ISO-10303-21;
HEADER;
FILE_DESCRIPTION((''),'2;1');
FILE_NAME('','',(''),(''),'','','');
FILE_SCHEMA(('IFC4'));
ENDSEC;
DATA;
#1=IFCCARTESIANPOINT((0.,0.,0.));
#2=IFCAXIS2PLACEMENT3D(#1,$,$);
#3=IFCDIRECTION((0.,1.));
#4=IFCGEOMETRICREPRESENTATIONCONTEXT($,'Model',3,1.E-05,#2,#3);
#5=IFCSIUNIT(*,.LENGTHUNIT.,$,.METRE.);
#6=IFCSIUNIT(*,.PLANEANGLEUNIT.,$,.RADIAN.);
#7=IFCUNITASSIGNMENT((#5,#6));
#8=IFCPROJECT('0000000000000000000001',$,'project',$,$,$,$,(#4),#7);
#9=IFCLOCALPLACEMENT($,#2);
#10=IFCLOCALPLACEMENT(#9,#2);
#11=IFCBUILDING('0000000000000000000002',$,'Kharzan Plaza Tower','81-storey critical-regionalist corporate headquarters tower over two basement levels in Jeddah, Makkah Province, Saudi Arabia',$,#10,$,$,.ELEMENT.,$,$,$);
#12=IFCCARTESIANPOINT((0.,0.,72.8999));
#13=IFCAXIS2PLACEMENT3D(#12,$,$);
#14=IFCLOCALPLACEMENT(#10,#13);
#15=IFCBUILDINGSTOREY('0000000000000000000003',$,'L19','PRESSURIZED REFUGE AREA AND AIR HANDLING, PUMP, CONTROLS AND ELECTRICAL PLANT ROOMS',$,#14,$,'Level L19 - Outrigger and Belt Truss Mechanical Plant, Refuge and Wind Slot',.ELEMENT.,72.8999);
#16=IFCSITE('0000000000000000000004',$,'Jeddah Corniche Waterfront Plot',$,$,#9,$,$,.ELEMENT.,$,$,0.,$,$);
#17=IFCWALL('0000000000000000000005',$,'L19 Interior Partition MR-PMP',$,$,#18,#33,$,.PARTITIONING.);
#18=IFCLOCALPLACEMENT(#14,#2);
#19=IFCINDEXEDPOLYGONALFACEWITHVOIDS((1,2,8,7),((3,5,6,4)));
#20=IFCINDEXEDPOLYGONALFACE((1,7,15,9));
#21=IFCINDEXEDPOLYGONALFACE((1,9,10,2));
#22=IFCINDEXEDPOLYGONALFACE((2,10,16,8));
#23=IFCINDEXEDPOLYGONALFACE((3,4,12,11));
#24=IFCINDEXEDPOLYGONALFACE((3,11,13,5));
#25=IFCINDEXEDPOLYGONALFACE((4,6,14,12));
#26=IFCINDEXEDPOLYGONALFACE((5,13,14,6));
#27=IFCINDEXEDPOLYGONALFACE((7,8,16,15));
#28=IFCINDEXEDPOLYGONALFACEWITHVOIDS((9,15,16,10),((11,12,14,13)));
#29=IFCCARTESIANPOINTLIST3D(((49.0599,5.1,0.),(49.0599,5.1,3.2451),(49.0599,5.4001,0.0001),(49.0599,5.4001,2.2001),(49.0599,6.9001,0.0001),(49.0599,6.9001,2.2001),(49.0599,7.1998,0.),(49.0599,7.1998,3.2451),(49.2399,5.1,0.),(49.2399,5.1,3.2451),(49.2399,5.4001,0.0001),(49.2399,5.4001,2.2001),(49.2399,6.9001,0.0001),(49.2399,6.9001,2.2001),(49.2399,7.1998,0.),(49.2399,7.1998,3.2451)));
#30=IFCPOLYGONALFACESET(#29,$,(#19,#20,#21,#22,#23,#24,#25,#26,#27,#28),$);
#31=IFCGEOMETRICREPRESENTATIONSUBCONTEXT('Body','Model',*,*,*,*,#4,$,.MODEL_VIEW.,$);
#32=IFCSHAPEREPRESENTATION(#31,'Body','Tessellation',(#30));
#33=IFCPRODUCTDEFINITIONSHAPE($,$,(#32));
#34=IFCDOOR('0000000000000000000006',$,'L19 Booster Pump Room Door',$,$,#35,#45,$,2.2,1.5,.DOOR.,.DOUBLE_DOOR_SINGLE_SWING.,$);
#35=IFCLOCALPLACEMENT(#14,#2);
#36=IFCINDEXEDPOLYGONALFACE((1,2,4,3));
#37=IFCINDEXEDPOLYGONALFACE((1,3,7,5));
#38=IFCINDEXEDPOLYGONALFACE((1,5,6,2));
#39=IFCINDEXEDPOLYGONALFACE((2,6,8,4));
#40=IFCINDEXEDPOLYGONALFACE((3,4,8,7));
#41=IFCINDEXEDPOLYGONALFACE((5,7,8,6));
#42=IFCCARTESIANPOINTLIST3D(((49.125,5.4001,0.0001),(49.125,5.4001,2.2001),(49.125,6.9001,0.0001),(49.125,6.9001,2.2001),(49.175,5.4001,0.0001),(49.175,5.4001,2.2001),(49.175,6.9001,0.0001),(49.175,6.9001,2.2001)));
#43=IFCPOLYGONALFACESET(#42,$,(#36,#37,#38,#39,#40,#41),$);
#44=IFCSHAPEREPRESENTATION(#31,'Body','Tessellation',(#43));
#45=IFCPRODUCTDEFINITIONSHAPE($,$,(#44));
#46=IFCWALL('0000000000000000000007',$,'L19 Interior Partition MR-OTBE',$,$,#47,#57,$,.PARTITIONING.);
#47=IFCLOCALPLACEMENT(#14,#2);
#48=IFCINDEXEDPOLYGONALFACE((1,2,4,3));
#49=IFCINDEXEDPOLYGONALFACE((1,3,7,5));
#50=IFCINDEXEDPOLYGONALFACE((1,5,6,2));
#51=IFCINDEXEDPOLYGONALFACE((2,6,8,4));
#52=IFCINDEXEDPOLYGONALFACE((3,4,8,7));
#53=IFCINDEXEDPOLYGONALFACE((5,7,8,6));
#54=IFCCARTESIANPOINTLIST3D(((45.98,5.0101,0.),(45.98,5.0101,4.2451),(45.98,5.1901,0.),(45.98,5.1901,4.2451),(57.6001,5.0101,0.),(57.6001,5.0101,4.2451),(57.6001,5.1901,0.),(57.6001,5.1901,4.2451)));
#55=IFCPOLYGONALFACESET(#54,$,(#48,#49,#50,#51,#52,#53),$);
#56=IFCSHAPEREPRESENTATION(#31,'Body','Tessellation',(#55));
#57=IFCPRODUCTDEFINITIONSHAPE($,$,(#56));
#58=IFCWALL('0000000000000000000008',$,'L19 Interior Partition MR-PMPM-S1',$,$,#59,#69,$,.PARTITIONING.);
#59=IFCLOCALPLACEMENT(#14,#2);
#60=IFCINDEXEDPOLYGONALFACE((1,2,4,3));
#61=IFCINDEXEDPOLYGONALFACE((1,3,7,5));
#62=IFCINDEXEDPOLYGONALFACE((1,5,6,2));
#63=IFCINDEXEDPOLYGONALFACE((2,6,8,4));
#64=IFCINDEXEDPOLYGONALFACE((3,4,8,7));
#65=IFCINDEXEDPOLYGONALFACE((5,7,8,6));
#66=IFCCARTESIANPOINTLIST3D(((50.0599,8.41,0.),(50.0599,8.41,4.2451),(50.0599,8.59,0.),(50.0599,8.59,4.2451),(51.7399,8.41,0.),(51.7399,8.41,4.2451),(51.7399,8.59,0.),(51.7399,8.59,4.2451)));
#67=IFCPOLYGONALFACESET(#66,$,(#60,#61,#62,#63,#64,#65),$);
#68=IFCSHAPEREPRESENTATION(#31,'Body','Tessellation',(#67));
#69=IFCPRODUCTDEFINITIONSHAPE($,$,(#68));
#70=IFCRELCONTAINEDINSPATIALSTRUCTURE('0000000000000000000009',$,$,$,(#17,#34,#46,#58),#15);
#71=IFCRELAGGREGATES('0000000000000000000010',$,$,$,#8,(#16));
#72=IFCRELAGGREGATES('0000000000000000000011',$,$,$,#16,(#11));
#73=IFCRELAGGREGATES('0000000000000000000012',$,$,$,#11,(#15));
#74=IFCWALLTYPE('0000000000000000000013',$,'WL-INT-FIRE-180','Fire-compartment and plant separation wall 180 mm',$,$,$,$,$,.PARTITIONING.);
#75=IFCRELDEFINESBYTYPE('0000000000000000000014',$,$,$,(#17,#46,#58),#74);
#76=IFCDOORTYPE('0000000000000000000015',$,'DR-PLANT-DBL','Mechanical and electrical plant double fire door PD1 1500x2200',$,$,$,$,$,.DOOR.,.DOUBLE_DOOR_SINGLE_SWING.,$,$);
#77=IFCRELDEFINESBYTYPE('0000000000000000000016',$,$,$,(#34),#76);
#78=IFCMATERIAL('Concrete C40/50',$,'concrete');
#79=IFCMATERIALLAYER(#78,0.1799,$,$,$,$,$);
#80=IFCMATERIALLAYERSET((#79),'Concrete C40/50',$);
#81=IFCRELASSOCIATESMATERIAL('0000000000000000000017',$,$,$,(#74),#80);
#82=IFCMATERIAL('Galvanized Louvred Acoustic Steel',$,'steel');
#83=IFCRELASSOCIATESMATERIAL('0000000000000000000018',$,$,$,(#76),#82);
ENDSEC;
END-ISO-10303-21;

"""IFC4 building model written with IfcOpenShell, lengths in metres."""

from ifc_helpers import new_model, si_unit, direction, frame, frame_2d, origin, place, context, subcontext, project, spatial, rectangle, extrude, source, transform, mapped, material, layer, layer_set, type_object, element, fill, save


model = new_model("IFC4")

# Units and contexts
model_context = context("Model", 3, precision=1e-05, world=origin(), true_north=direction((0.0, 1.0)))
body_context = subcontext(model_context, "Body", "Model", "MODEL_VIEW")
ifc_project = project(units=[si_unit("LENGTHUNIT", "METRE"), si_unit("PLANEANGLEUNIT", "RADIAN")], contexts=[model_context])

# Site, building, storey
site_placement = place(None, origin())
site = spatial("IfcSite", under=ifc_project, at=site_placement, Name="Jeddah Corniche Waterfront Plot", CompositionType="ELEMENT", RefElevation=0.0)
building_placement = place(site_placement, origin())
building = spatial("IfcBuilding", under=site, at=building_placement, Name="Kharzan Plaza Tower", Description="81-storey critical-regionalist corporate headquarters tower over two basement levels in Jeddah, Makkah Province, Saudi Arabia", CompositionType="ELEMENT")
storey_placement = place(building_placement, frame((0.0, 0.0, 72.8999)))
storey = spatial("IfcBuildingStorey", under=building, at=storey_placement, Name="L19", Description="PRESSURIZED REFUGE AREA AND AIR HANDLING, PUMP, CONTROLS AND ELECTRICAL PLANT ROOMS", LongName="Level L19 - Outrigger and Belt Truss Mechanical Plant, Refuge and Wind Slot", CompositionType="ELEMENT", Elevation=72.8999)

# Wall, opening, door
ifc_material_1 = material(Name="Concrete C40/50", Category="concrete")
ifc_layer_1 = layer(ifc_material_1, 0.1799)
ifc_layer_set_1 = layer_set([ifc_layer_1], Name="Concrete C40/50")
wall_type = type_object("IfcWallType", Name="WL-INT-FIRE-180", Description="Fire-compartment and plant separation wall 180 mm", PredefinedType="PARTITIONING", material=ifc_layer_set_1)
ifc_material_2 = material(Name="Galvanized Louvred Acoustic Steel", Category="steel")
door_type = type_object("IfcDoorType", Name="DR-PLANT-DBL", Description="Mechanical and electrical plant double fire door PD1 1500x2200", OperationType="DOUBLE_DOOR_SINGLE_SWING", PredefinedType="DOOR", material=ifc_material_2)
shared_shape_1 = source(origin(), body_context, "Body", "SweptSolid", [
    extrude(rectangle(XDim=1.5, YDim=2.2, at=frame_2d((0.75, 1.1001))), frame((0.0, 0.0249, 0.0), z_axis=(0.0, -1.0, 0.0), x_axis=(1.0, 0.0, 0.0)), (0.0, 0.0, 1.0), 0.05),
])
wall_1_placement = place(storey_placement, frame((49.1499, 5.1001, 0.0), z_axis=(0.0, 0.0, 1.0), x_axis=(0.0, 1.0, 0.0)))
wall_1 = element("IfcWall", 1, at=wall_1_placement, inside=storey, type_object=wall_type, Name="L19 Interior Partition MR-PMP", PredefinedType="PARTITIONING", context=body_context, shape_type="SweptSolid", body=[
    extrude(rectangle(XDim=2.0999, YDim=0.1799, at=frame_2d((1.0498, 0.0))), origin(), (0.0, 0.0, 1.0), 3.2451),
])
opening_1_placement = place(wall_1_placement, frame((0.3, 0.0, 0.0)))
opening_1 = element("IfcOpeningElement", 2, at=opening_1_placement, cuts=wall_1, PredefinedType="OPENING", context=body_context, shape_type="SweptSolid", body=[
    extrude(rectangle(XDim=1.5, YDim=2.2, at=frame_2d((0.75, 1.1001))), frame((0.0, 0.0999, 0.0), z_axis=(0.0, -1.0, 0.0), x_axis=(1.0, 0.0, 0.0)), (0.0, 0.0, 1.0), 0.2),
])
door_1_placement = place(opening_1_placement, origin())
door_1 = element("IfcDoor", 3, at=door_1_placement, inside=storey, type_object=door_type, Name="L19 Booster Pump Room Door", OperationType="DOUBLE_DOOR_SINGLE_SWING", OverallHeight=2.2, OverallWidth=1.5, PredefinedType="DOOR", context=body_context, shape_type="MappedRepresentation", body=[
    mapped(shared_shape_1, transform((0.0, 0.0, 0.0), x_axis=(1.0, 0.0, 0.0), y_axis=(0.0, 1.0, 0.0), z_axis=(0.0, 0.0, 1.0))),
])
fill(opening_1, door_1)

# Walls
shared_shape_2 = source(origin(), body_context, "Body", "SweptSolid", [
    extrude(rectangle(XDim=11.6201, YDim=0.1799, at=frame_2d((5.8101, 0.0))), origin(), (0.0, 0.0, 1.0), 4.2451),
])
wall_2_placement = place(storey_placement, frame((45.98, 5.1001, 0.0), z_axis=(0.0, 0.0, 1.0), x_axis=(1.0, 0.0, 0.0)))
element("IfcWall", 4, at=wall_2_placement, inside=storey, type_object=wall_type, Name="L19 Interior Partition MR-OTBE", PredefinedType="PARTITIONING", context=body_context, shape_type="MappedRepresentation", body=[
    mapped(shared_shape_2, transform((0.0, 0.0, 0.0), x_axis=(1.0, 0.0, 0.0), y_axis=(0.0, 1.0, 0.0), z_axis=(0.0, 0.0, 1.0))),
])
shared_shape_3 = source(origin(), body_context, "Body", "SweptSolid", [
    extrude(rectangle(XDim=1.6799, YDim=0.1799, at=frame_2d((0.8398, 0.0))), origin(), (0.0, 0.0, 1.0), 4.2451),
])
wall_3_placement = place(storey_placement, frame((50.0601, 8.5, 0.0), z_axis=(0.0, 0.0, 1.0), x_axis=(1.0, 0.0, 0.0)))
element("IfcWall", 5, at=wall_3_placement, inside=storey, type_object=wall_type, Name="L19 Interior Partition MR-PMPM-S1", PredefinedType="PARTITIONING", context=body_context, shape_type="MappedRepresentation", body=[
    mapped(shared_shape_3, transform((0.0, 0.0, 0.0), x_axis=(1.0, 0.0, 0.0), y_axis=(0.0, 1.0, 0.0), z_axis=(0.0, 0.0, 1.0))),
])

save(model, "model.ifc")
